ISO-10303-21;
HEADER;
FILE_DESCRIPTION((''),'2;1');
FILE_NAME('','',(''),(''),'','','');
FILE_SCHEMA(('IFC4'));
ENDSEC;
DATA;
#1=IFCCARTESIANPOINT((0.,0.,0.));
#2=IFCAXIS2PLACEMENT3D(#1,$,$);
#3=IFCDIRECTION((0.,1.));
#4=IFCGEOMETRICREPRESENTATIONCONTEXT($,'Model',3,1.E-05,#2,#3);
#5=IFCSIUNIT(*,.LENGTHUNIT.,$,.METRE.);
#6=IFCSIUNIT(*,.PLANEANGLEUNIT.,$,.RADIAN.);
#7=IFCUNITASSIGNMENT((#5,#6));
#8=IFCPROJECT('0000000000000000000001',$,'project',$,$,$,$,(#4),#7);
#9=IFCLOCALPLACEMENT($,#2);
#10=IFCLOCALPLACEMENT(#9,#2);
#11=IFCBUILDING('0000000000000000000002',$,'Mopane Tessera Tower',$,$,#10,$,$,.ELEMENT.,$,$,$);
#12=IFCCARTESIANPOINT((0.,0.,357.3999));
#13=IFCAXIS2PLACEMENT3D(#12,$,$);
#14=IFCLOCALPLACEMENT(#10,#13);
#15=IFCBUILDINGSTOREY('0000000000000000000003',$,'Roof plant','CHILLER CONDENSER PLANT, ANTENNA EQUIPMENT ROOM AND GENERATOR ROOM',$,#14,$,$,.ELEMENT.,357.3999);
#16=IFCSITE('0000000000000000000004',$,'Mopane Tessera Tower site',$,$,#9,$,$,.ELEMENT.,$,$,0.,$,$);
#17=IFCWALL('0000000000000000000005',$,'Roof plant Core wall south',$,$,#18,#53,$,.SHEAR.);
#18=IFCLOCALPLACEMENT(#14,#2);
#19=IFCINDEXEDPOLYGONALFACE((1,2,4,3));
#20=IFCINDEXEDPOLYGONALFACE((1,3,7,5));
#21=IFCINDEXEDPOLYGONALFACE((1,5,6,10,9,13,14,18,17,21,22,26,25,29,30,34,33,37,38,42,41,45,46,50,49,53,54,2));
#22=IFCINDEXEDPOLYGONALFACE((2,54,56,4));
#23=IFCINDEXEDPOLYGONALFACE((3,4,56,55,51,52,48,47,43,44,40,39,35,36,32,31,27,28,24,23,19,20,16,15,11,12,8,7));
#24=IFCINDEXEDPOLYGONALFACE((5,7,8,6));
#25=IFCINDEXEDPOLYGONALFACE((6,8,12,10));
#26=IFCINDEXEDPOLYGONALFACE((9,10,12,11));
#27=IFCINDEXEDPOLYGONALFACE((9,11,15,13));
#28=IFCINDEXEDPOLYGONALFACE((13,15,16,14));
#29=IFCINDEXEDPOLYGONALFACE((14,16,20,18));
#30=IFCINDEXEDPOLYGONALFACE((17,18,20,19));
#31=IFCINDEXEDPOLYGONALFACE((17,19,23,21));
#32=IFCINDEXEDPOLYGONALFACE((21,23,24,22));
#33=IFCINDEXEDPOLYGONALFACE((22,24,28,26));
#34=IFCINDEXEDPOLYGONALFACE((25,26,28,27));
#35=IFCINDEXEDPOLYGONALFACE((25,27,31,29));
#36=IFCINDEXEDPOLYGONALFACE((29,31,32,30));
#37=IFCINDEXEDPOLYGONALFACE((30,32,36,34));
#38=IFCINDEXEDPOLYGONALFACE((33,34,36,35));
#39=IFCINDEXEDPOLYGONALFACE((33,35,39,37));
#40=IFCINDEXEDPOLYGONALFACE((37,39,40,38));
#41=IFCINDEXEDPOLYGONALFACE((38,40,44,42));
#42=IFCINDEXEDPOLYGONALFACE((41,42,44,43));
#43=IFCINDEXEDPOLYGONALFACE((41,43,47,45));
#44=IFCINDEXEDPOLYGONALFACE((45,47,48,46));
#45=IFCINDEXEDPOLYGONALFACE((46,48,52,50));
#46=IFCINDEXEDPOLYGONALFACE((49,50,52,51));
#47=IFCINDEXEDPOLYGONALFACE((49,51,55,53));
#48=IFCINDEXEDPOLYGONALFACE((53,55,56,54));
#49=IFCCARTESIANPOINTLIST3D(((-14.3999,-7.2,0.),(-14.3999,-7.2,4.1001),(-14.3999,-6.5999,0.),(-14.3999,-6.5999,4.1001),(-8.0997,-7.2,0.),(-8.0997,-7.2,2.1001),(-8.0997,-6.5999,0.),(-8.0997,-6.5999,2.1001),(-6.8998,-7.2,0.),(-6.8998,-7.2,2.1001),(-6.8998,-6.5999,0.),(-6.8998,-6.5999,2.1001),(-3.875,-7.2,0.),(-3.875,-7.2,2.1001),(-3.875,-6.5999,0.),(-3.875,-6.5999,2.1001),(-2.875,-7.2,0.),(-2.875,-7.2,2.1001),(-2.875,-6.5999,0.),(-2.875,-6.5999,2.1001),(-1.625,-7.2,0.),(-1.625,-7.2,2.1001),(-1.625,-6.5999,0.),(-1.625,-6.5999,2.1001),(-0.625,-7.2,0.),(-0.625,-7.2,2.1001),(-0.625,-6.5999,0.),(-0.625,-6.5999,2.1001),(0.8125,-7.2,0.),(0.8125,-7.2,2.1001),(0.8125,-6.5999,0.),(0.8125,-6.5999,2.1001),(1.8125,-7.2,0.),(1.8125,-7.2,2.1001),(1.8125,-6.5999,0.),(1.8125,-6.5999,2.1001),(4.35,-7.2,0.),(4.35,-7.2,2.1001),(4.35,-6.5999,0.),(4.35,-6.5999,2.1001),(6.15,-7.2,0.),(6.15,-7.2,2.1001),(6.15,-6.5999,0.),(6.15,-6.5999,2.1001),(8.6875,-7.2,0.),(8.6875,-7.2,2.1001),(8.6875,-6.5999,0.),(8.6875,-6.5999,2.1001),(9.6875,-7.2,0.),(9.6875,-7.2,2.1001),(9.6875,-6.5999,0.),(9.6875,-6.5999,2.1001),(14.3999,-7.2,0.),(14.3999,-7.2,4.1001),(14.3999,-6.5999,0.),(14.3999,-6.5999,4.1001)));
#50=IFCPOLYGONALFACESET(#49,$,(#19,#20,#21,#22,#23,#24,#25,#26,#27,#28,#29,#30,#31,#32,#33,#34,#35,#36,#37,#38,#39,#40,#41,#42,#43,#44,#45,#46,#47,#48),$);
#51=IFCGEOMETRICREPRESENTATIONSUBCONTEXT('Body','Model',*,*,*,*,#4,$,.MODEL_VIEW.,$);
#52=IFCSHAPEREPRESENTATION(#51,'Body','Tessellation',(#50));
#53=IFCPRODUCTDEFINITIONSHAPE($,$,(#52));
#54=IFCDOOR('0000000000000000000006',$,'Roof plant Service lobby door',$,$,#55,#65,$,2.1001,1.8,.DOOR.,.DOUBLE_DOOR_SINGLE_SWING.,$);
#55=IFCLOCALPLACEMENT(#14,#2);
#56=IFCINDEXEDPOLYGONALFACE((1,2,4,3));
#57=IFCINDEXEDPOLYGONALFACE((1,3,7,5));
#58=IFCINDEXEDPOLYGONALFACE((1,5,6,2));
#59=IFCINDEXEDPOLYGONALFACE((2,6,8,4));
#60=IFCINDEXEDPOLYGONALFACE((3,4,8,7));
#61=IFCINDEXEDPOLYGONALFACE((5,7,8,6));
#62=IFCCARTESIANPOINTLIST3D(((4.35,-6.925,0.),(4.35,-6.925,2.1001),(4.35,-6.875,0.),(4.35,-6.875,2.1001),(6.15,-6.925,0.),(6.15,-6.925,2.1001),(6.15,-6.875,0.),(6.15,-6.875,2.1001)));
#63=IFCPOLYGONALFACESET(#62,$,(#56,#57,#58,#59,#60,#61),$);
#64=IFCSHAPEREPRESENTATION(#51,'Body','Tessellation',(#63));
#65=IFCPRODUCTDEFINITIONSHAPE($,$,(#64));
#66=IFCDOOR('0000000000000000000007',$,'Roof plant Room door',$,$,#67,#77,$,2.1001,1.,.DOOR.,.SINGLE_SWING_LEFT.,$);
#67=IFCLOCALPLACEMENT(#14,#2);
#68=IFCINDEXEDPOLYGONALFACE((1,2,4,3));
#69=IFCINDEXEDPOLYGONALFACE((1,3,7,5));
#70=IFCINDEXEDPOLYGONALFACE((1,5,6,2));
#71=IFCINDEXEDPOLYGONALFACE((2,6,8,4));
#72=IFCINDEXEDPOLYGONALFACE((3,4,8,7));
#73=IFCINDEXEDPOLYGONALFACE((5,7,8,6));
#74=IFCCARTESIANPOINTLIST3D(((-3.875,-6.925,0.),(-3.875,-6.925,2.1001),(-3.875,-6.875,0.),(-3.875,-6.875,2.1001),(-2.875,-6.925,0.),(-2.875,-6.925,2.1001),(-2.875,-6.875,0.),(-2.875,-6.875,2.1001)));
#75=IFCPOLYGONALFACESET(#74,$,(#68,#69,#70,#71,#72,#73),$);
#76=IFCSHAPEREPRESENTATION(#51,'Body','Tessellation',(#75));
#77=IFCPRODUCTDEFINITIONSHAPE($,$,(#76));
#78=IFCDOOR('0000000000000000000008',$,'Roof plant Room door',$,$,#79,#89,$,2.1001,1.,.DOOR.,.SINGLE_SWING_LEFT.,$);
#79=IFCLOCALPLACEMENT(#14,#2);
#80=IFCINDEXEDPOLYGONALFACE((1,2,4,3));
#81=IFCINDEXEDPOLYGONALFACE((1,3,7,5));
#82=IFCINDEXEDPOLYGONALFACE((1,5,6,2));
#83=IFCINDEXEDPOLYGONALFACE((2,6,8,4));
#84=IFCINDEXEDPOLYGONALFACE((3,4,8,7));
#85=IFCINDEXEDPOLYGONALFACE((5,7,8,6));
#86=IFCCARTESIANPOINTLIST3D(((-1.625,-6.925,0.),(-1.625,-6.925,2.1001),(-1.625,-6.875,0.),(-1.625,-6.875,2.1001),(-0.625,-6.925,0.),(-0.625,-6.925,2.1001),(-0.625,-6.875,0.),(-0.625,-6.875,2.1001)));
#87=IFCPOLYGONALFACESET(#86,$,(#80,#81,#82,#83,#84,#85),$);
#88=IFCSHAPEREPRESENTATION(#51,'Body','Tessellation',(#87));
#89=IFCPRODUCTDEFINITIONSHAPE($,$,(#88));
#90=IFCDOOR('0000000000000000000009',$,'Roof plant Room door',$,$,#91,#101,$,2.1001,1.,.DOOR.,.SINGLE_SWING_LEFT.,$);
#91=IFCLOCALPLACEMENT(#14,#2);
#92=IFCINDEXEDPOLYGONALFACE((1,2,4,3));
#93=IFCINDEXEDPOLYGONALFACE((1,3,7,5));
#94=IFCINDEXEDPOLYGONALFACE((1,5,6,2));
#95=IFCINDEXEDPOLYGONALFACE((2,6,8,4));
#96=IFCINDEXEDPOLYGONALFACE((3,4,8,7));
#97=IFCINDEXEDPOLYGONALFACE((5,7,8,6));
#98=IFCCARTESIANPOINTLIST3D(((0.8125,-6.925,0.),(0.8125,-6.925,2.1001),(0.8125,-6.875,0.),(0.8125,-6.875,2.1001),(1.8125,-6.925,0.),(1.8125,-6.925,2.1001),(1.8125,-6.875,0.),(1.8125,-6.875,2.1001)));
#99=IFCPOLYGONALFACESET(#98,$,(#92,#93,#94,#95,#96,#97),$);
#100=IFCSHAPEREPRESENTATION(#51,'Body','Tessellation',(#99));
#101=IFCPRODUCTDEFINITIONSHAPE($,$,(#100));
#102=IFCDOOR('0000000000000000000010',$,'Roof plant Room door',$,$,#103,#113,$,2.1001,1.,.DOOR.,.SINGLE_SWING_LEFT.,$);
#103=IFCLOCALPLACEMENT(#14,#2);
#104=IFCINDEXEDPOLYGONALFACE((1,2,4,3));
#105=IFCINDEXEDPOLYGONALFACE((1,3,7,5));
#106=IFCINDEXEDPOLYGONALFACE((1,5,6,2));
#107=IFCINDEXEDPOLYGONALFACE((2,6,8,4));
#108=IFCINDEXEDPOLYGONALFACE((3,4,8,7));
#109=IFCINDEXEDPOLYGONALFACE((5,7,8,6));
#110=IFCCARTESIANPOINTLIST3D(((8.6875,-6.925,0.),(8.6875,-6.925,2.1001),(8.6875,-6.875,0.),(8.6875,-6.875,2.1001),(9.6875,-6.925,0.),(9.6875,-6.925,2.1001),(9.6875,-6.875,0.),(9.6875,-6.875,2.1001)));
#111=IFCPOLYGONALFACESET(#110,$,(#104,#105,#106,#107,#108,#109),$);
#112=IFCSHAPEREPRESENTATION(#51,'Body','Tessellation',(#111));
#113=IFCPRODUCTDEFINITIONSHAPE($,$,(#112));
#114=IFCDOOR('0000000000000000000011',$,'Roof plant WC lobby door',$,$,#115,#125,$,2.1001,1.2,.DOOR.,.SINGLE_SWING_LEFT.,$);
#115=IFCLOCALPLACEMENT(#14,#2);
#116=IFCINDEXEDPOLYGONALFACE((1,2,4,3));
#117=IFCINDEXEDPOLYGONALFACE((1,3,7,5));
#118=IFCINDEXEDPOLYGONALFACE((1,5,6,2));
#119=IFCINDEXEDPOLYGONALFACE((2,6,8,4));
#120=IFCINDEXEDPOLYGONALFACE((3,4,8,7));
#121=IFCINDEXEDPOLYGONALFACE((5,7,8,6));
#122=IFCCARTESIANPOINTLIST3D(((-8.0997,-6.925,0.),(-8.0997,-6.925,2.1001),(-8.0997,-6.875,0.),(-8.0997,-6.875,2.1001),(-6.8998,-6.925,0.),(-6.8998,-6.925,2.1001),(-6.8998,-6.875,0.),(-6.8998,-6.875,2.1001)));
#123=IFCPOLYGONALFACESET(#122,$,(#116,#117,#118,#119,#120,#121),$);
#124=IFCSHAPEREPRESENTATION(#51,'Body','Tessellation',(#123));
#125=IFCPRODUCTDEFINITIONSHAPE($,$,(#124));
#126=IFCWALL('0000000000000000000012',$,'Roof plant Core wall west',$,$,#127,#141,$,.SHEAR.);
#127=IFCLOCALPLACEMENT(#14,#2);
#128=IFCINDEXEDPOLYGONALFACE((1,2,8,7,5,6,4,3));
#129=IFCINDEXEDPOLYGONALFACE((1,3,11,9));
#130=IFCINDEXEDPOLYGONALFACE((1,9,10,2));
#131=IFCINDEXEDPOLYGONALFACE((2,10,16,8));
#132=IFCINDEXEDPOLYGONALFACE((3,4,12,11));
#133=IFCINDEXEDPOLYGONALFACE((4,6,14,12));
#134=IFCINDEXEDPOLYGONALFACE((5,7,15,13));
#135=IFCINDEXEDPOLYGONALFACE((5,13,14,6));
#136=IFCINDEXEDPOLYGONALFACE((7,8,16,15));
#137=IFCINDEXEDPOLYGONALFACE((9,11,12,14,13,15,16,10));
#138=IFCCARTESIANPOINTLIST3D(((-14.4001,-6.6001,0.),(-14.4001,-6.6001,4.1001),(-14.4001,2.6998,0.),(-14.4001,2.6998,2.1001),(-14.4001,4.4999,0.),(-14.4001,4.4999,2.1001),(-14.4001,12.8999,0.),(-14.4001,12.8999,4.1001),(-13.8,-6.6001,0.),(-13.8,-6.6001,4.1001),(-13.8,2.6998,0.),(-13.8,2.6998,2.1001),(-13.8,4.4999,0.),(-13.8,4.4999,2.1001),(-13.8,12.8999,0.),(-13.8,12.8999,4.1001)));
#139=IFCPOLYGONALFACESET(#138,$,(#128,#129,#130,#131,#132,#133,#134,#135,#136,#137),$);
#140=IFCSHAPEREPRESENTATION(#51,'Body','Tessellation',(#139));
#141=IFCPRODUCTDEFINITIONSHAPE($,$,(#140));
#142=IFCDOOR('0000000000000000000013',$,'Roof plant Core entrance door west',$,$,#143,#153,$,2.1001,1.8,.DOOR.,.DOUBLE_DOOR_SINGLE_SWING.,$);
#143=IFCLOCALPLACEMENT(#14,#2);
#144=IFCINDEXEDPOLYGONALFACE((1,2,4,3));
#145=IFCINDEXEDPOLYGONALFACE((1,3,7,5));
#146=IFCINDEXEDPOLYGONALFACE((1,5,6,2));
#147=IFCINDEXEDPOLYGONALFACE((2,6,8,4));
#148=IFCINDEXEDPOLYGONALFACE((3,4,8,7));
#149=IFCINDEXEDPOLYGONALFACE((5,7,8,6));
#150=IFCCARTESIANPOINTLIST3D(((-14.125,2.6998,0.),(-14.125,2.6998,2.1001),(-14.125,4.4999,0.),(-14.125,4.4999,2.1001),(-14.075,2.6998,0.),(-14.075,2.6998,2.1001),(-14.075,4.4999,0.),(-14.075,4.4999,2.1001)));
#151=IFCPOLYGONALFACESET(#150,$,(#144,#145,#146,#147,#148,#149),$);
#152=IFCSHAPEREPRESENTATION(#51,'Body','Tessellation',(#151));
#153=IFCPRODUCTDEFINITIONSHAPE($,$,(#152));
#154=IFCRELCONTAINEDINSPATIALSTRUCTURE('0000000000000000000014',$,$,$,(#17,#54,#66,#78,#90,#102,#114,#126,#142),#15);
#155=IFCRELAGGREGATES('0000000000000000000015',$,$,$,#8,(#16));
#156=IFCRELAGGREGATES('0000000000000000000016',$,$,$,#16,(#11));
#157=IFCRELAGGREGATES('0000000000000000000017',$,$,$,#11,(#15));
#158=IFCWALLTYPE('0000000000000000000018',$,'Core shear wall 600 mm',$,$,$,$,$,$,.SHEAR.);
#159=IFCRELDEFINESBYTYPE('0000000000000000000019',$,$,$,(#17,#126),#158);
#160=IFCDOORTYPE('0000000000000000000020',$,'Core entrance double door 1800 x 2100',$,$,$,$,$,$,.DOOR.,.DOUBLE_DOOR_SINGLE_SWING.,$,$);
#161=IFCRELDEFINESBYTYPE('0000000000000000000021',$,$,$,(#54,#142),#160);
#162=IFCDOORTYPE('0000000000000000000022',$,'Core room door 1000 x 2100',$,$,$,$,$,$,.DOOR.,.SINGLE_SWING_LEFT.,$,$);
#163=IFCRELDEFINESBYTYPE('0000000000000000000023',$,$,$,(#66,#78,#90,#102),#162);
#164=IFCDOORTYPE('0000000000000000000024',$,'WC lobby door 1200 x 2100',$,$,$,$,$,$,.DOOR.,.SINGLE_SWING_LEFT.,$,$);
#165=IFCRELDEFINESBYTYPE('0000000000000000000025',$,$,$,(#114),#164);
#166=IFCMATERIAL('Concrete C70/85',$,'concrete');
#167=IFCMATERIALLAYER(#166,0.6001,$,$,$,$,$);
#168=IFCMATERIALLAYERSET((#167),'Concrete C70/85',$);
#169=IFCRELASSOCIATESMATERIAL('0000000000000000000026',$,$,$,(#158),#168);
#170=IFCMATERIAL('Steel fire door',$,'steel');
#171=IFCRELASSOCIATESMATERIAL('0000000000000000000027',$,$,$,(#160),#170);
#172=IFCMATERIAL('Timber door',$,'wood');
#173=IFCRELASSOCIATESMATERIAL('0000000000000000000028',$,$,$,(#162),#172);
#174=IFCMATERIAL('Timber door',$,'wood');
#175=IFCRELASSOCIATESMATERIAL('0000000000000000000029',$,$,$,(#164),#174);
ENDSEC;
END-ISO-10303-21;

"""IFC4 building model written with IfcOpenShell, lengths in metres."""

from ifc_helpers import new_model, si_unit, direction, frame, frame_2d, origin, place, context, subcontext, project, spatial, rectangle, extrude, material, layer, layer_set, type_object, element, fill, save


model = new_model("IFC4")

# Units and contexts
model_context = context("Model", 3, precision=1e-05, world=origin(), true_north=direction((0.0, 1.0)))
body_context = subcontext(model_context, "Body", "Model", "MODEL_VIEW")
ifc_project = project(units=[si_unit("LENGTHUNIT", "METRE"), si_unit("PLANEANGLEUNIT", "RADIAN")], contexts=[model_context])

# Site, building, storey
site_placement = place(None, origin())
site = spatial("IfcSite", under=ifc_project, at=site_placement, Name="Mopane Tessera Tower site", CompositionType="ELEMENT", RefElevation=0.0)
building_placement = place(site_placement, origin())
building = spatial("IfcBuilding", under=site, at=building_placement, Name="Mopane Tessera Tower", CompositionType="ELEMENT")
storey_placement = place(building_placement, frame((0.0, 0.0, 357.3999)))
storey = spatial("IfcBuildingStorey", under=building, at=storey_placement, Name="Roof plant", Description="CHILLER CONDENSER PLANT, ANTENNA EQUIPMENT ROOM AND GENERATOR ROOM", CompositionType="ELEMENT", Elevation=357.3999)

# Wall, openings, doors
ifc_material_1 = material(Name="Concrete C70/85", Category="concrete")
ifc_layer_1 = layer(ifc_material_1, 0.6001)
ifc_layer_set_1 = layer_set([ifc_layer_1], Name="Concrete C70/85")
wall_type_1 = type_object("IfcWallType", Name="Core shear wall 600 mm", PredefinedType="SHEAR", material=ifc_layer_set_1)
wall_1_placement = place(storey_placement, frame((-14.3999, -6.8999, 0.0), z_axis=(0.0, 0.0, 1.0), x_axis=(1.0, 0.0, 0.0)))
wall_1 = element("IfcWall", 1, at=wall_1_placement, inside=storey, type_object=wall_type_1, Name="Roof plant Core wall south", PredefinedType="SHEAR", context=body_context, shape_type="SweptSolid", body=[
    extrude(rectangle(XDim=28.7998, YDim=0.6001, at=frame_2d((14.3999, 0.0))), origin(), (0.0, 0.0, 1.0), 4.1001),
])
opening_1_placement = place(wall_1_placement, frame((6.3, 0.0, 0.0)))
opening_1 = element("IfcOpeningElement", 2, at=opening_1_placement, cuts=wall_1, PredefinedType="OPENING", context=body_context, shape_type="SweptSolid", body=[
    extrude(rectangle(XDim=1.2, YDim=2.1001, at=frame_2d((0.6001, 1.05))), frame((0.0, 0.312, 0.0), z_axis=(0.0, -1.0, 0.0), x_axis=(1.0, 0.0, 0.0)), (0.0, 0.0, 1.0), 0.624),
])
opening_2_placement = place(wall_1_placement, frame((10.5249, 0.0, 0.0)))
opening_2 = element("IfcOpeningElement", 3, at=opening_2_placement, cuts=wall_1, PredefinedType="OPENING", context=body_context, shape_type="SweptSolid", body=[
    extrude(rectangle(XDim=1.0, YDim=2.1001, at=frame_2d((0.5, 1.05))), frame((0.0, 0.312, 0.0), z_axis=(0.0, -1.0, 0.0), x_axis=(1.0, 0.0, 0.0)), (0.0, 0.0, 1.0), 0.624),
])
opening_3_placement = place(wall_1_placement, frame((12.7749, 0.0, 0.0)))
opening_3 = element("IfcOpeningElement", 4, at=opening_3_placement, cuts=wall_1, PredefinedType="OPENING", context=body_context, shape_type="SweptSolid", body=[
    extrude(rectangle(XDim=1.0, YDim=2.1001, at=frame_2d((0.5, 1.05))), frame((0.0, 0.312, 0.0), z_axis=(0.0, -1.0, 0.0), x_axis=(1.0, 0.0, 0.0)), (0.0, 0.0, 1.0), 0.624),
])
opening_4_placement = place(wall_1_placement, frame((15.2124, 0.0, 0.0)))
opening_4 = element("IfcOpeningElement", 5, at=opening_4_placement, cuts=wall_1, PredefinedType="OPENING", context=body_context, shape_type="SweptSolid", body=[
    extrude(rectangle(XDim=1.0, YDim=2.1001, at=frame_2d((0.5, 1.05))), frame((0.0, 0.312, 0.0), z_axis=(0.0, -1.0, 0.0), x_axis=(1.0, 0.0, 0.0)), (0.0, 0.0, 1.0), 0.624),
])
opening_5_placement = place(wall_1_placement, frame((18.75, 0.0, 0.0)))
opening_5 = element("IfcOpeningElement", 6, at=opening_5_placement, cuts=wall_1, PredefinedType="OPENING", context=body_context, shape_type="SweptSolid", body=[
    extrude(rectangle(XDim=1.8, YDim=2.1001, at=frame_2d((0.8999, 1.05))), frame((0.0, 0.312, 0.0), z_axis=(0.0, -1.0, 0.0), x_axis=(1.0, 0.0, 0.0)), (0.0, 0.0, 1.0), 0.624),
])
opening_6_placement = place(wall_1_placement, frame((23.0874, 0.0, 0.0)))
opening_6 = element("IfcOpeningElement", 7, at=opening_6_placement, cuts=wall_1, PredefinedType="OPENING", context=body_context, shape_type="SweptSolid", body=[
    extrude(rectangle(XDim=1.0, YDim=2.1001, at=frame_2d((0.5, 1.05))), frame((0.0, 0.312, 0.0), z_axis=(0.0, -1.0, 0.0), x_axis=(1.0, 0.0, 0.0)), (0.0, 0.0, 1.0), 0.624),
])
ifc_material_2 = material(Name="Steel fire door", Category="steel")
door_type_1 = type_object("IfcDoorType", Name="Core entrance double door 1800 x 2100", OperationType="DOUBLE_DOOR_SINGLE_SWING", PredefinedType="DOOR", material=ifc_material_2)
door_1_placement = place(opening_5_placement, origin())
door_1 = element("IfcDoor", 8, at=door_1_placement, inside=storey, type_object=door_type_1, Name="Roof plant Service lobby door", OperationType="DOUBLE_DOOR_SINGLE_SWING", OverallHeight=2.1001, OverallWidth=1.8, PredefinedType="DOOR", context=body_context, shape_type="SweptSolid", body=[
    extrude(rectangle(XDim=1.8, YDim=2.1001, at=frame_2d((0.8999, 1.05))), frame((0.0, 0.0249, 0.0), z_axis=(0.0, -1.0, 0.0), x_axis=(1.0, 0.0, 0.0)), (0.0, 0.0, 1.0), 0.05),
])
fill(opening_5, door_1)
ifc_material_3 = material(Name="Timber door", Category="wood")
door_type_2 = type_object("IfcDoorType", Name="Core room door 1000 x 2100", OperationType="SINGLE_SWING_LEFT", PredefinedType="DOOR", material=ifc_material_3)
door_2_placement = place(opening_2_placement, origin())
door_2 = element("IfcDoor", 9, at=door_2_placement, inside=storey, type_object=door_type_2, Name="Roof plant Room door", OperationType="SINGLE_SWING_LEFT", OverallHeight=2.1001, OverallWidth=1.0, PredefinedType="DOOR", context=body_context, shape_type="SweptSolid", body=[
    extrude(rectangle(XDim=1.0, YDim=2.1001, at=frame_2d((0.5, 1.05))), frame((0.0, 0.0249, 0.0), z_axis=(0.0, -1.0, 0.0), x_axis=(1.0, 0.0, 0.0)), (0.0, 0.0, 1.0), 0.05),
])
fill(opening_2, door_2)
door_3_placement = place(opening_3_placement, origin())
door_3 = element("IfcDoor", 10, at=door_3_placement, inside=storey, type_object=door_type_2, Name="Roof plant Room door", OperationType="SINGLE_SWING_LEFT", OverallHeight=2.1001, OverallWidth=1.0, PredefinedType="DOOR", context=body_context, shape_type="SweptSolid", body=[
    extrude(rectangle(XDim=1.0, YDim=2.1001, at=frame_2d((0.5, 1.05))), frame((0.0, 0.0249, 0.0), z_axis=(0.0, -1.0, 0.0), x_axis=(1.0, 0.0, 0.0)), (0.0, 0.0, 1.0), 0.05),
])
fill(opening_3, door_3)
door_4_placement = place(opening_4_placement, origin())
door_4 = element("IfcDoor", 11, at=door_4_placement, inside=storey, type_object=door_type_2, Name="Roof plant Room door", OperationType="SINGLE_SWING_LEFT", OverallHeight=2.1001, OverallWidth=1.0, PredefinedType="DOOR", context=body_context, shape_type="SweptSolid", body=[
    extrude(rectangle(XDim=1.0, YDim=2.1001, at=frame_2d((0.5, 1.05))), frame((0.0, 0.0249, 0.0), z_axis=(0.0, -1.0, 0.0), x_axis=(1.0, 0.0, 0.0)), (0.0, 0.0, 1.0), 0.05),
])
fill(opening_4, door_4)
door_5_placement = place(opening_6_placement, origin())
door_5 = element("IfcDoor", 12, at=door_5_placement, inside=storey, type_object=door_type_2, Name="Roof plant Room door", OperationType="SINGLE_SWING_LEFT", OverallHeight=2.1001, OverallWidth=1.0, PredefinedType="DOOR", context=body_context, shape_type="SweptSolid", body=[
    extrude(rectangle(XDim=1.0, YDim=2.1001, at=frame_2d((0.5, 1.05))), frame((0.0, 0.0249, 0.0), z_axis=(0.0, -1.0, 0.0), x_axis=(1.0, 0.0, 0.0)), (0.0, 0.0, 1.0), 0.05),
])
fill(opening_6, door_5)
ifc_material_4 = material(Name="Timber door", Category="wood")
door_type_3 = type_object("IfcDoorType", Name="WC lobby door 1200 x 2100", OperationType="SINGLE_SWING_LEFT", PredefinedType="DOOR", material=ifc_material_4)
door_6_placement = place(opening_1_placement, origin())
door_6 = element("IfcDoor", 13, at=door_6_placement, inside=storey, type_object=door_type_3, Name="Roof plant WC lobby door", OperationType="SINGLE_SWING_LEFT", OverallHeight=2.1001, OverallWidth=1.2, PredefinedType="DOOR", context=body_context, shape_type="SweptSolid", body=[
    extrude(rectangle(XDim=1.2, YDim=2.1001, at=frame_2d((0.6001, 1.05))), frame((0.0, 0.0249, 0.0), z_axis=(0.0, -1.0, 0.0), x_axis=(1.0, 0.0, 0.0)), (0.0, 0.0, 1.0), 0.05),
])
fill(opening_1, door_6)

# Wall, opening, door
wall_2_placement = place(storey_placement, frame((-14.1001, -6.6001, 0.0), z_axis=(0.0, 0.0, 1.0), x_axis=(0.0, 1.0, 0.0)))
wall_2 = element("IfcWall", 14, at=wall_2_placement, inside=storey, type_object=wall_type_1, Name="Roof plant Core wall west", PredefinedType="SHEAR", context=body_context, shape_type="SweptSolid", body=[
    extrude(rectangle(XDim=19.5, YDim=0.6001, at=frame_2d((9.75, 0.0))), origin(), (0.0, 0.0, 1.0), 4.1001),
])
opening_7_placement = place(wall_2_placement, frame((9.3, 0.0, 0.0)))
opening_7 = element("IfcOpeningElement", 15, at=opening_7_placement, cuts=wall_2, PredefinedType="OPENING", context=body_context, shape_type="SweptSolid", body=[
    extrude(rectangle(XDim=1.8, YDim=2.1001, at=frame_2d((0.8999, 1.05))), frame((0.0, 0.312, 0.0), z_axis=(0.0, -1.0, 0.0), x_axis=(1.0, 0.0, 0.0)), (0.0, 0.0, 1.0), 0.624),
])
door_7_placement = place(opening_7_placement, origin())
door_7 = element("IfcDoor", 16, at=door_7_placement, inside=storey, type_object=door_type_1, Name="Roof plant Core entrance door west", OperationType="DOUBLE_DOOR_SINGLE_SWING", OverallHeight=2.1001, OverallWidth=1.8, PredefinedType="DOOR", context=body_context, shape_type="SweptSolid", body=[
    extrude(rectangle(XDim=1.8, YDim=2.1001, at=frame_2d((0.8999, 1.05))), frame((0.0, 0.0249, 0.0), z_axis=(0.0, -1.0, 0.0), x_axis=(1.0, 0.0, 0.0)), (0.0, 0.0, 1.0), 0.05),
])
fill(opening_7, door_7)

save(model, "model.ifc")
